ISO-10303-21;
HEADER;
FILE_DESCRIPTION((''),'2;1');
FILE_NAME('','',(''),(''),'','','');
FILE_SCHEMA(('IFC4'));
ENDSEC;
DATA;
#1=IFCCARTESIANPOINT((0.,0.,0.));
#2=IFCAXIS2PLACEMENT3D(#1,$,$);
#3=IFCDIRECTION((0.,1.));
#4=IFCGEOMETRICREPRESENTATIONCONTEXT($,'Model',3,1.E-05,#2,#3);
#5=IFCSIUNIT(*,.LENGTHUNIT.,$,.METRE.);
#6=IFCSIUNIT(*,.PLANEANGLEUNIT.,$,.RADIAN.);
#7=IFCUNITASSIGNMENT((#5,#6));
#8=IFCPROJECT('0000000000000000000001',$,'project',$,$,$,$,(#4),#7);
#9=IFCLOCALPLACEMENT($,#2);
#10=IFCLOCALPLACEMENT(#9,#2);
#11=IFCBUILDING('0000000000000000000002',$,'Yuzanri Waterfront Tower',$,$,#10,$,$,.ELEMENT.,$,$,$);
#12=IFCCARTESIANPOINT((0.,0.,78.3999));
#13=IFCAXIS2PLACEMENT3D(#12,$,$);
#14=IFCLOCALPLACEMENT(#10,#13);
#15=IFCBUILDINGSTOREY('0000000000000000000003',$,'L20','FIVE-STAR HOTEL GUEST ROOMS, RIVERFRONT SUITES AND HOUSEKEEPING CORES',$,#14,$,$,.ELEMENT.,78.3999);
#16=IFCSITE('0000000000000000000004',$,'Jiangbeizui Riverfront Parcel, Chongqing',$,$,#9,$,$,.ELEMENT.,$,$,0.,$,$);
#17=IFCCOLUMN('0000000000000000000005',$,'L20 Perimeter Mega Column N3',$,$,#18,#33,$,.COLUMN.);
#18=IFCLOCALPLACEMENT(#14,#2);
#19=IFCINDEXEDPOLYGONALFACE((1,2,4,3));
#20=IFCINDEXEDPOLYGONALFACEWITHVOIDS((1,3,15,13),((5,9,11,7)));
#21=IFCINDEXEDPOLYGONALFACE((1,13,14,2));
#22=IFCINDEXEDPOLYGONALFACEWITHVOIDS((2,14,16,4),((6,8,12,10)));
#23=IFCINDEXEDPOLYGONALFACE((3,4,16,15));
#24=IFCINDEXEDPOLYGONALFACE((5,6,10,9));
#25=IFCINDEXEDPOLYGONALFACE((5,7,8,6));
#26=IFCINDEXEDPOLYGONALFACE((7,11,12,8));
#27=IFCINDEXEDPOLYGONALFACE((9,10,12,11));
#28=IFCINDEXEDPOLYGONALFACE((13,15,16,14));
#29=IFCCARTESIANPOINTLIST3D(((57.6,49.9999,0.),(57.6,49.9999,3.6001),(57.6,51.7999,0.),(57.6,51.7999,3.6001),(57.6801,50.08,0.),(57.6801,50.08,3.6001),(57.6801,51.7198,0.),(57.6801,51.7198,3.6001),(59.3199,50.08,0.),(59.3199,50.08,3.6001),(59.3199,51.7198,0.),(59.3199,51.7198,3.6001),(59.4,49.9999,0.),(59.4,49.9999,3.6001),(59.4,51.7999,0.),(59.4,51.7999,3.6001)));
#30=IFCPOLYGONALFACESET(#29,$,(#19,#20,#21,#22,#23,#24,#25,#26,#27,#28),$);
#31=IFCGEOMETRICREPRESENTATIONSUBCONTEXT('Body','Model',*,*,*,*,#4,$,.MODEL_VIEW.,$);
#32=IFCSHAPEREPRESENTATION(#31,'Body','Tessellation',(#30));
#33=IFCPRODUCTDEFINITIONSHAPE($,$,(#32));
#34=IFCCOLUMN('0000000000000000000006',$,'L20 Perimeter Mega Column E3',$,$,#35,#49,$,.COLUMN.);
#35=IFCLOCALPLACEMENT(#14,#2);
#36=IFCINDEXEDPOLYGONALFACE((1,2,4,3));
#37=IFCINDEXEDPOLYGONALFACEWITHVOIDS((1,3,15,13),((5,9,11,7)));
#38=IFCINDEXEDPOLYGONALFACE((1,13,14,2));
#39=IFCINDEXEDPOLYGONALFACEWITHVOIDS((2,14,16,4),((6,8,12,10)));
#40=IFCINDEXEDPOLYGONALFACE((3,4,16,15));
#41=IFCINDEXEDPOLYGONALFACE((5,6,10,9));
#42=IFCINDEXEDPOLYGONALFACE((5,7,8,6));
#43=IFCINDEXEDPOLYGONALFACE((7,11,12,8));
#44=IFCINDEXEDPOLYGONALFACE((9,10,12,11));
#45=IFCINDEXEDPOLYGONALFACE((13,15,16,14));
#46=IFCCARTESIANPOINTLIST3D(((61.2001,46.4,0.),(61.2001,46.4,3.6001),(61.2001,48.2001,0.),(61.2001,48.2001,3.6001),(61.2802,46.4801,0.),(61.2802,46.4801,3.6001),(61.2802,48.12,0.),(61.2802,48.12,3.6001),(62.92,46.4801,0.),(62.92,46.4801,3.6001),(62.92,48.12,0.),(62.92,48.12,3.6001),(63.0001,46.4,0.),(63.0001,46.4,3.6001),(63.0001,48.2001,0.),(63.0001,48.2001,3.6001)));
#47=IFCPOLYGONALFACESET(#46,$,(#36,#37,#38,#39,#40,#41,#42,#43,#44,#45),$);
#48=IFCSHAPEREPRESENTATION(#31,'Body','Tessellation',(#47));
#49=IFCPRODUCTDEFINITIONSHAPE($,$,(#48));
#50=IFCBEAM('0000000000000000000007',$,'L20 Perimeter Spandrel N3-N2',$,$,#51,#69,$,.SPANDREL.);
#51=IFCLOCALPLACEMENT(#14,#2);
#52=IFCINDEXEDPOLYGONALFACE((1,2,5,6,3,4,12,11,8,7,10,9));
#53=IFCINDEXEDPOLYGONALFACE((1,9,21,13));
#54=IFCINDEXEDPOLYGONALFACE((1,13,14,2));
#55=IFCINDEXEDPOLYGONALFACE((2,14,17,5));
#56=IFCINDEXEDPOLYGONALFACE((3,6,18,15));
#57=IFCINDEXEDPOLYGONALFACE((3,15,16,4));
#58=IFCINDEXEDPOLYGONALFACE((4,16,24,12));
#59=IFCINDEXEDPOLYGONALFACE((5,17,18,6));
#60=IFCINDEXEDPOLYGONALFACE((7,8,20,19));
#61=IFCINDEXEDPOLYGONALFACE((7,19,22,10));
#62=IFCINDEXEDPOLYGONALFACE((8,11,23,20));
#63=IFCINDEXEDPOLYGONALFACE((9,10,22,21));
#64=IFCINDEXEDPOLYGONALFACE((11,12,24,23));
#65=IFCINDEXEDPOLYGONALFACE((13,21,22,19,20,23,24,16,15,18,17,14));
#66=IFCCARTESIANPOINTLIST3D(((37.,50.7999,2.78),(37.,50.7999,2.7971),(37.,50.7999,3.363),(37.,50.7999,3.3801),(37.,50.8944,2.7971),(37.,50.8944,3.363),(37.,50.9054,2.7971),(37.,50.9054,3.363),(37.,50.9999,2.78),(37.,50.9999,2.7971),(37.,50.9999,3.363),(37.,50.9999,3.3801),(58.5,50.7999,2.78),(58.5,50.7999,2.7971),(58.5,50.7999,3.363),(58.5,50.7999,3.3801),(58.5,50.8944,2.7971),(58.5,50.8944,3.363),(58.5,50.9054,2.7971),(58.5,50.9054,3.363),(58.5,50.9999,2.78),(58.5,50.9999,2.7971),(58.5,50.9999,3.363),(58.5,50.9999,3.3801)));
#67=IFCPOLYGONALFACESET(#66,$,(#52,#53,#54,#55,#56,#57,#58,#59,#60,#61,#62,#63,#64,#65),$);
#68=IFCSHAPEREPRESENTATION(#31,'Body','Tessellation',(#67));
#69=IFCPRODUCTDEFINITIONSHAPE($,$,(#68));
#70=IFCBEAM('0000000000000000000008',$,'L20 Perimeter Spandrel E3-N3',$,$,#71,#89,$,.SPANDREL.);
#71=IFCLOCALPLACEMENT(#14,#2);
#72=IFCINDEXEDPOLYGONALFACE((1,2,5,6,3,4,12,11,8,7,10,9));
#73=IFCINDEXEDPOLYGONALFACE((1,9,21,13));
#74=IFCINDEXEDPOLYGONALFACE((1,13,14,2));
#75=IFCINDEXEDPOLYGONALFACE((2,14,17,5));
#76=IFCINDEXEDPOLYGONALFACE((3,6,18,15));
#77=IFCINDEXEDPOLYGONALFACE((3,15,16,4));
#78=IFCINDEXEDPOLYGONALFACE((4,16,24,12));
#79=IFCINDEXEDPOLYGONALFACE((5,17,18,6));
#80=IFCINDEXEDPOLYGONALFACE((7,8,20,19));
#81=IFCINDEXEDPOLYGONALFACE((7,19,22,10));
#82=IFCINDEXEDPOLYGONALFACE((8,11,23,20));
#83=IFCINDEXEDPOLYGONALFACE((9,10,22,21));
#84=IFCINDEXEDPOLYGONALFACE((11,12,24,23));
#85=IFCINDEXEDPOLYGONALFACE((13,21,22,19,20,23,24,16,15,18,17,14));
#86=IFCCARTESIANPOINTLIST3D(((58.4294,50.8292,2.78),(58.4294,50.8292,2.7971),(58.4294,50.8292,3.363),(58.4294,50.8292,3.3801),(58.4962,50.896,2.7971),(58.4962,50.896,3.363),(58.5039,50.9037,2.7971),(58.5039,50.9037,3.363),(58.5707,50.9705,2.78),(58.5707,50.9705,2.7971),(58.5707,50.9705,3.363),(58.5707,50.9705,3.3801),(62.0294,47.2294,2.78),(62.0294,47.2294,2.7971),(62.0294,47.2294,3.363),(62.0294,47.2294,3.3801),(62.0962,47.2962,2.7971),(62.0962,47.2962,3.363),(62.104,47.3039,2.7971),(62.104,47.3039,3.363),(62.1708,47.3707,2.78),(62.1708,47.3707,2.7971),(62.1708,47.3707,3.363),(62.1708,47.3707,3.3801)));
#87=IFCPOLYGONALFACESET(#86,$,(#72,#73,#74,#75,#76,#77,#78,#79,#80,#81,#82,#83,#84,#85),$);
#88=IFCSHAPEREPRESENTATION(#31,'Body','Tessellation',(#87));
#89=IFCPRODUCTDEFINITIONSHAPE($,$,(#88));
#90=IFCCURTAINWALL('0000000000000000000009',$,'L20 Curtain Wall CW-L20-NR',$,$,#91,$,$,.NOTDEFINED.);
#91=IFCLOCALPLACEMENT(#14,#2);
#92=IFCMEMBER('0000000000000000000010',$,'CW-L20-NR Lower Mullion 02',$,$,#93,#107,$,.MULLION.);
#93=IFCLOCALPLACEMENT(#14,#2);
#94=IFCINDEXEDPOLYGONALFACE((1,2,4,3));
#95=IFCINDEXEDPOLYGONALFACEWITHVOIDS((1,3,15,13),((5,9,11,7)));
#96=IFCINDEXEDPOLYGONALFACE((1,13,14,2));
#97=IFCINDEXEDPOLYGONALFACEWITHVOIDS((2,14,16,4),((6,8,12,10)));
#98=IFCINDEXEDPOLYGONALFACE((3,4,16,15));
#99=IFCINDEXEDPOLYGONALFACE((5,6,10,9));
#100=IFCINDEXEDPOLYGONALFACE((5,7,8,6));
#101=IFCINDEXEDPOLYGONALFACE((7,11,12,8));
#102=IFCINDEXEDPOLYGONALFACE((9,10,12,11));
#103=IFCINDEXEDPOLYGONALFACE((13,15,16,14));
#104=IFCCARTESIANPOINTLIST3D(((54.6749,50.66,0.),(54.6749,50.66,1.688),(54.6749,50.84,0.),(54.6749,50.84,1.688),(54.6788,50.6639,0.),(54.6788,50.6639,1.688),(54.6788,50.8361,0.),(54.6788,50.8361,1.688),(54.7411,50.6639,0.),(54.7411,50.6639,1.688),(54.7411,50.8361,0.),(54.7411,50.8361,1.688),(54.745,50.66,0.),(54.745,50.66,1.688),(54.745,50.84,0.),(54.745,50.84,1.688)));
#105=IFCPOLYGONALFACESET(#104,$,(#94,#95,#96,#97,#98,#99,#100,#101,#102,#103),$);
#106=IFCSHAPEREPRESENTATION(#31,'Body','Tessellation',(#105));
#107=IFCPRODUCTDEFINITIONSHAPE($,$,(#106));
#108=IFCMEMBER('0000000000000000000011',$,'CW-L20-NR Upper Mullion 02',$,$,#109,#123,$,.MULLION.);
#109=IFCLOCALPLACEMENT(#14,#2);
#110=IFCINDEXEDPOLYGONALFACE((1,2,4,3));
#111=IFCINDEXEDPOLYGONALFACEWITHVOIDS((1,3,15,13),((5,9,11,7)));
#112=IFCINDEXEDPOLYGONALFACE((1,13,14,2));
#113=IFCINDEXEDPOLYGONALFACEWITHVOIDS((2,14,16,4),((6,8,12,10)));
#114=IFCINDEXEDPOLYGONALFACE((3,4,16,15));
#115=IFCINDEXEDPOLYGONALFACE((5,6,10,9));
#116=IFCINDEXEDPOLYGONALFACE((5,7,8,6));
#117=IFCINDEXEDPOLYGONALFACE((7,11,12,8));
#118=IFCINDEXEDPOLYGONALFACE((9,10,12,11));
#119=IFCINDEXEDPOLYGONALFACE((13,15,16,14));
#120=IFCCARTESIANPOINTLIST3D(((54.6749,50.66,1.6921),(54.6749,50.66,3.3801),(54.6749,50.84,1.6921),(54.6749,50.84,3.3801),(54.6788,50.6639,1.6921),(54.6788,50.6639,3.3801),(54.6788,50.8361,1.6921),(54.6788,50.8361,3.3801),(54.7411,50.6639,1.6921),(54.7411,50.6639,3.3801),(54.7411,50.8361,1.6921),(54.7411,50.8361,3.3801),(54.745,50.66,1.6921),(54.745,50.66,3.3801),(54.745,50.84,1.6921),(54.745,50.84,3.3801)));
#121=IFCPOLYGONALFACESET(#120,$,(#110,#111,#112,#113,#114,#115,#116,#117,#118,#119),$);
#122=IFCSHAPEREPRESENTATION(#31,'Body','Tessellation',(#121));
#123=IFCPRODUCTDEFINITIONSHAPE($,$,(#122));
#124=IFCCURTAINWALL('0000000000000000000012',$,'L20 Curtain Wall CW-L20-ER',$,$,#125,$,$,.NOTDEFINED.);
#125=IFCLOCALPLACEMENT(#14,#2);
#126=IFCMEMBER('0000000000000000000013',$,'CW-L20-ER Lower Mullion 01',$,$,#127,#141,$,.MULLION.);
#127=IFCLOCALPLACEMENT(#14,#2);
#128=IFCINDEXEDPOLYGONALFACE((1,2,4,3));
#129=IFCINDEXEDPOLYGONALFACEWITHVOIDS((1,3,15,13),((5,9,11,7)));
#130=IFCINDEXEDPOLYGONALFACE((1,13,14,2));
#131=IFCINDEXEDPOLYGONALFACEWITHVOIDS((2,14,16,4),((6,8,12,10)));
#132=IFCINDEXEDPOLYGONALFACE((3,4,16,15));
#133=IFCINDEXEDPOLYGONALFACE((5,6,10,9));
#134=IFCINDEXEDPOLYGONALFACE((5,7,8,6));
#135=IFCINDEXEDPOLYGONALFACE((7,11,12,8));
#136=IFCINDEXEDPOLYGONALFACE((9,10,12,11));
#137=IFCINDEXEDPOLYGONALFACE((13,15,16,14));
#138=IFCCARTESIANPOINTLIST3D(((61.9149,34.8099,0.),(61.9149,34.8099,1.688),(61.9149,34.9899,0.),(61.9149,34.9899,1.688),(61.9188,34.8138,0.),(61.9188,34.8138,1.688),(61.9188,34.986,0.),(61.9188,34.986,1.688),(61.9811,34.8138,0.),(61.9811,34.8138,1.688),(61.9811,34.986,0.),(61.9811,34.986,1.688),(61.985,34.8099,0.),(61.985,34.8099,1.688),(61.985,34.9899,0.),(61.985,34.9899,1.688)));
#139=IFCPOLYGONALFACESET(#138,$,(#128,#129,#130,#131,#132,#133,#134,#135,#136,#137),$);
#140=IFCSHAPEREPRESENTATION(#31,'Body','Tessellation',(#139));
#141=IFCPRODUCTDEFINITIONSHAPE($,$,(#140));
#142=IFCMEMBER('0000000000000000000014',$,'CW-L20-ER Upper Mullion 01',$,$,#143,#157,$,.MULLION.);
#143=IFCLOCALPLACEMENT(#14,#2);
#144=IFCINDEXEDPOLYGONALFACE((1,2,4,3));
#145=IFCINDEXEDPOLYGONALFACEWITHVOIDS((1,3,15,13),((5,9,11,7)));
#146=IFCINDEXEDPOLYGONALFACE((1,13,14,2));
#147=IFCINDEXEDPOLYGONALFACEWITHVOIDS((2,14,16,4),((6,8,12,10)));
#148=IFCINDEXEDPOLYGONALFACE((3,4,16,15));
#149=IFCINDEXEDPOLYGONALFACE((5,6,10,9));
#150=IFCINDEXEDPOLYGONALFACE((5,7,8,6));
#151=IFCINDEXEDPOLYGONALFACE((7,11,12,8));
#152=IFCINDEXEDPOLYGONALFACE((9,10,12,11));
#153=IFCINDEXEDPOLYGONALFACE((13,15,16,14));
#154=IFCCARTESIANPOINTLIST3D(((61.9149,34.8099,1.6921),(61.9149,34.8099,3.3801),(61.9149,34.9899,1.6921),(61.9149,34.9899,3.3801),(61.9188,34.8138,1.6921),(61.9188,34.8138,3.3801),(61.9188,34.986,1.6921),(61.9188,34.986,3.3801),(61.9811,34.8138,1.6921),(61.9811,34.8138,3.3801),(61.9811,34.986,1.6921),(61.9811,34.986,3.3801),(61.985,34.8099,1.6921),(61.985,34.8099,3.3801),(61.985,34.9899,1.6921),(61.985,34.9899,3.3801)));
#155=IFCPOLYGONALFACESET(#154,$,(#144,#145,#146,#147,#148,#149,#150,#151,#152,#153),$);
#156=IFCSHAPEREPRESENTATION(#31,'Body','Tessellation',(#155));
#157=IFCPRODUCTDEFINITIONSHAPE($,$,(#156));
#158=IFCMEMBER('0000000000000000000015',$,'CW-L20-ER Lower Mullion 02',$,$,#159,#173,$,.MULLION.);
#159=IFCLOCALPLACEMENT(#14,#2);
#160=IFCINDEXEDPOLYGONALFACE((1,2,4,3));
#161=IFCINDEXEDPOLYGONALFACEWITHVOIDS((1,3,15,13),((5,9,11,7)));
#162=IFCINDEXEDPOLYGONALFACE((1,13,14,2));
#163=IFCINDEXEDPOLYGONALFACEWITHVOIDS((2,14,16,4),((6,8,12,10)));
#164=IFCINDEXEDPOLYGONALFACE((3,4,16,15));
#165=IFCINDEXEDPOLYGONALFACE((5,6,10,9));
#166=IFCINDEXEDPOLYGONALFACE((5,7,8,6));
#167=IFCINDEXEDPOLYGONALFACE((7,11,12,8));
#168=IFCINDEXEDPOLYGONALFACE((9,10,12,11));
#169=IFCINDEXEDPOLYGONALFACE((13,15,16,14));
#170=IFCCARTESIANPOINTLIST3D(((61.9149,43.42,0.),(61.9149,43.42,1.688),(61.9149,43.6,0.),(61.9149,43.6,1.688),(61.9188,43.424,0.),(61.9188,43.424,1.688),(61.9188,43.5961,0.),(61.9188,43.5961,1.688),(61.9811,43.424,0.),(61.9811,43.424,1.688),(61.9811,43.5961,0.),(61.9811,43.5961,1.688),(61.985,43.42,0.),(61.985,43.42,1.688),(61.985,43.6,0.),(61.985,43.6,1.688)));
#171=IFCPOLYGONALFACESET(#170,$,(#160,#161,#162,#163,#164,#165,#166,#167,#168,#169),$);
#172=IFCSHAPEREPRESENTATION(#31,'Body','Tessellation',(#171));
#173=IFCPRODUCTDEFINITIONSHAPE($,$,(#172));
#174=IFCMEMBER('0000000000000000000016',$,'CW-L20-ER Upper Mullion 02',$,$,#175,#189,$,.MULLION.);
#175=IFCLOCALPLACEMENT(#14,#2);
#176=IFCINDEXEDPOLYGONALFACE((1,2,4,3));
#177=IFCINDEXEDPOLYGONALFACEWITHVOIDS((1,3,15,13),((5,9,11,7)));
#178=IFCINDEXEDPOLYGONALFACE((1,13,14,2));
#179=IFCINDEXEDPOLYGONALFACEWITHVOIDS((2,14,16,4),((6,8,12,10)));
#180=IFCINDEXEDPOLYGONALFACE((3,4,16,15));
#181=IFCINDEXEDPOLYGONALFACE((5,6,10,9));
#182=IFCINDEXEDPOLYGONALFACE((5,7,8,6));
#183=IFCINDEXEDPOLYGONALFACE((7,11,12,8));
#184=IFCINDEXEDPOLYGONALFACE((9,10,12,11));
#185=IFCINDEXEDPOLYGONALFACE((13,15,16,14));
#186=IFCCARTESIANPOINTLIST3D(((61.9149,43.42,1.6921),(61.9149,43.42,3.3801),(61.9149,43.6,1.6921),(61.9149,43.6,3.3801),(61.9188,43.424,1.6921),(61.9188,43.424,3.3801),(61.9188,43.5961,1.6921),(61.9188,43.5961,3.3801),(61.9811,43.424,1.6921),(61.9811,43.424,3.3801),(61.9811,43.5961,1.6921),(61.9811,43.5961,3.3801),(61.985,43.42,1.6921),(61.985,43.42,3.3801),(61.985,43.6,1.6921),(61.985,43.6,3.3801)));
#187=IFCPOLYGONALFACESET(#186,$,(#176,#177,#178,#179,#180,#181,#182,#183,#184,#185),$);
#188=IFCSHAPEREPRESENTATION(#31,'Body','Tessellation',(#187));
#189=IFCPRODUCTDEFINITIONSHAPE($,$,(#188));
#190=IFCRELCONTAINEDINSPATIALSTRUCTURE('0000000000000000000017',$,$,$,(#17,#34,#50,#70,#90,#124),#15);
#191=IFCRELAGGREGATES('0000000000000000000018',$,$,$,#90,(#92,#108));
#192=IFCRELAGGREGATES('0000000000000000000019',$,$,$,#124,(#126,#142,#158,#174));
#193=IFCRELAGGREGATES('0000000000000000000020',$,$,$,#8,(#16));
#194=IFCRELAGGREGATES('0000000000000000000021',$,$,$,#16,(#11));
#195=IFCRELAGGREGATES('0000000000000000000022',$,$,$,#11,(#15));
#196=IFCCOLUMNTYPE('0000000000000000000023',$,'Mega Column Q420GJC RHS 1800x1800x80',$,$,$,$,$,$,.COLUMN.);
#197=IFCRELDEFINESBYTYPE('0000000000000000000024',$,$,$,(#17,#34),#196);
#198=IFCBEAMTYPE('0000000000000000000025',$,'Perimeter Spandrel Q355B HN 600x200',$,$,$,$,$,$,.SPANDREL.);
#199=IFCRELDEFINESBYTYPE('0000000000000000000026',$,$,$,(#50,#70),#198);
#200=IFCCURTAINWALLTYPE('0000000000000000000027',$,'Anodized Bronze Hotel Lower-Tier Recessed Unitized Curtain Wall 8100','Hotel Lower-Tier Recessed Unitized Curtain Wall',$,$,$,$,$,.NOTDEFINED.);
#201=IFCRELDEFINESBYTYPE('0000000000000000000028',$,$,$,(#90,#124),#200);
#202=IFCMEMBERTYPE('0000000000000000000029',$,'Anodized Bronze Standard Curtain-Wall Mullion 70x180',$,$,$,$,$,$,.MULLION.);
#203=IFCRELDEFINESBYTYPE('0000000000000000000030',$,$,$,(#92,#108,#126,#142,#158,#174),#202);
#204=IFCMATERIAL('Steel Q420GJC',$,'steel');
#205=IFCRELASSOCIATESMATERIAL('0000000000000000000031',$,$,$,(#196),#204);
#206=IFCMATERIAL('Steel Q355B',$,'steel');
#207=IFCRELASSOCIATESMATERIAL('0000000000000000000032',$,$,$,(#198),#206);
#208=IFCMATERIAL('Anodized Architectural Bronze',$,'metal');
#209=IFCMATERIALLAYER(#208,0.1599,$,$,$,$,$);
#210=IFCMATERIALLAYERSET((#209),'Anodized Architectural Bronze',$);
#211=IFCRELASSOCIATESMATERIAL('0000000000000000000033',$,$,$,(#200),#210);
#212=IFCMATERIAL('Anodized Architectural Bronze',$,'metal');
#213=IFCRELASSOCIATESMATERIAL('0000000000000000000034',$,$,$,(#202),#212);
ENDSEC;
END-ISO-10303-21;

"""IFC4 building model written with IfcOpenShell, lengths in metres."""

from ifc_helpers import new_model, si_unit, direction, frame, origin, origin_2d, place, context, subcontext, project, spatial, hollow_rectangle, i_section, extrude, source, transform, mapped, material, layer, layer_set, material_profile, profile_set, type_object, element, aggregate, save


model = new_model("IFC4")

# Units and contexts
model_context = context("Model", 3, precision=1e-05, world=origin(), true_north=direction((0.0, 1.0)))
body_context = subcontext(model_context, "Body", "Model", "MODEL_VIEW")
ifc_project = project(units=[si_unit("LENGTHUNIT", "METRE"), si_unit("PLANEANGLEUNIT", "RADIAN")], contexts=[model_context])

# Site, building, storey
site_placement = place(None, origin())
site = spatial("IfcSite", under=ifc_project, at=site_placement, Name="Jiangbeizui Riverfront Parcel, Chongqing", CompositionType="ELEMENT", RefElevation=0.0)
building_placement = place(site_placement, origin())
building = spatial("IfcBuilding", under=site, at=building_placement, Name="Yuzanri Waterfront Tower", CompositionType="ELEMENT")
storey_placement = place(building_placement, frame((0.0, 0.0, 78.3999)))
storey = spatial("IfcBuildingStorey", under=building, at=storey_placement, Name="L20", Description="FIVE-STAR HOTEL GUEST ROOMS, RIVERFRONT SUITES AND HOUSEKEEPING CORES", CompositionType="ELEMENT", Elevation=78.3999)

# Columns
ifc_material_1 = material(Name="Steel Q420GJC", Category="steel")
ifc_material_profile_1 = material_profile(ifc_material_1, hollow_rectangle(XDim=1.8, YDim=1.8, WallThickness=0.0801, at=origin_2d()), Name="RHS 1800x1800x80")
ifc_profile_set_1 = profile_set([ifc_material_profile_1], Name="Steel Q420GJC")
column_type = type_object("IfcColumnType", Name="Mega Column Q420GJC RHS 1800x1800x80", PredefinedType="COLUMN", material=ifc_profile_set_1)
shared_shape_1 = source(origin(), body_context, "Body", "SweptSolid", [
    extrude(hollow_rectangle(XDim=1.8, YDim=1.8, WallThickness=0.0801, at=origin_2d()), origin(), (0.0, 0.0, 1.0), 3.6001),
])
for number, where, z_axis, x_axis, name in (
    (1, (58.5, 50.8999, 0.0), (0.0, 0.0, 1.0), (1.0, 0.0, 0.0), "L20 Perimeter Mega Column N3"),
    (2, (62.1001, 47.3, 0.0), (0.0, 0.0, 1.0), (1.0, 0.0, 0.0), "L20 Perimeter Mega Column E3"),
):
    element("IfcColumn", number, at=place(storey_placement, frame(where, z_axis=z_axis, x_axis=x_axis)), inside=storey, type_object=column_type, Name=name, PredefinedType="COLUMN", context=body_context, shape_type="MappedRepresentation", body=[
        mapped(shared_shape_1, transform((0.0, 0.0, 0.0), scale=1.0)),
    ])

# Beams
ifc_material_2 = material(Name="Steel Q355B", Category="steel")
ifc_material_profile_2 = material_profile(ifc_material_2, i_section(OverallWidth=0.2, OverallDepth=0.6001, WebThickness=0.011, FlangeThickness=0.0171, at=origin_2d()), Name="HN 600x200x11x17")
ifc_profile_set_2 = profile_set([ifc_material_profile_2], Name="Steel Q355B")
beam_type = type_object("IfcBeamType", Name="Perimeter Spandrel Q355B HN 600x200", PredefinedType="SPANDREL", material=ifc_profile_set_2)
shared_shape_2 = source(origin(), body_context, "Body", "SweptSolid", [
    extrude(i_section(OverallWidth=0.2, OverallDepth=0.6001, WebThickness=0.011, FlangeThickness=0.0171, at=origin_2d()), origin(), (0.0, 0.0, 1.0), 21.5),
])
beam_1_placement = place(storey_placement, frame((58.5, 50.8999, 3.0801), z_axis=(-1.0, 0.0, 0.0), x_axis=(0.0, -1.0, 0.0)))
element("IfcBeam", 3, at=beam_1_placement, inside=storey, type_object=beam_type, Name="L20 Perimeter Spandrel N3-N2", PredefinedType="SPANDREL", context=body_context, shape_type="MappedRepresentation", body=[
    mapped(shared_shape_2, transform((0.0, 0.0, 0.0), scale=1.0)),
])
shared_shape_3 = source(origin(), body_context, "Body", "SweptSolid", [
    extrude(i_section(OverallWidth=0.2, OverallDepth=0.6001, WebThickness=0.011, FlangeThickness=0.0171, at=origin_2d()), origin(), (0.0, 0.0, 1.0), 5.0911),
])
beam_2_placement = place(storey_placement, frame((62.1001, 47.3, 3.0801), z_axis=(-0.707131, 0.707083, 0.0), x_axis=(-0.707083, -0.707131, 0.0)))
element("IfcBeam", 4, at=beam_2_placement, inside=storey, type_object=beam_type, Name="L20 Perimeter Spandrel E3-N3", PredefinedType="SPANDREL", context=body_context, shape_type="MappedRepresentation", body=[
    mapped(shared_shape_3, transform((0.0, 0.0, 0.0), scale=1.0)),
])

# Curtain walls, members
ifc_material_3 = material(Name="Anodized Architectural Bronze", Category="metal")
ifc_layer_1 = layer(ifc_material_3, 0.1599)
ifc_layer_set_1 = layer_set([ifc_layer_1], Name="Anodized Architectural Bronze")
curtain_wall_type = type_object("IfcCurtainWallType", Name="Anodized Bronze Hotel Lower-Tier Recessed Unitized Curtain Wall 8100", Description="Hotel Lower-Tier Recessed Unitized Curtain Wall", PredefinedType="NOTDEFINED", material=ifc_layer_set_1)
curtain_wall_1_placement = place(storey_placement, origin())
curtain_wall_1 = element("IfcCurtainWall", 5, at=curtain_wall_1_placement, inside=storey, type_object=curtain_wall_type, Name="L20 Curtain Wall CW-L20-NR", PredefinedType="NOTDEFINED")
ifc_material_4 = material(Name="Anodized Architectural Bronze", Category="metal")
ifc_material_profile_3 = material_profile(ifc_material_4, hollow_rectangle(XDim=0.0701, YDim=0.1799, WallThickness=0.0039, at=origin_2d()), Name="CWM 70x180")
ifc_profile_set_3 = profile_set([ifc_material_profile_3], Name="Anodized Architectural Bronze")
member_type = type_object("IfcMemberType", Name="Anodized Bronze Standard Curtain-Wall Mullion 70x180", PredefinedType="MULLION", material=ifc_profile_set_3)
shared_shape_4 = source(origin(), body_context, "Body", "SweptSolid", [
    extrude(hollow_rectangle(XDim=0.0701, YDim=0.1799, WallThickness=0.0039, at=origin_2d()), origin(), (0.0, 0.0, 1.0), 1.688),
])
member_1_placement = place(storey_placement, frame((54.71, 50.75, 0.0), z_axis=(0.0, 0.0, 1.0), x_axis=(1.0, 0.0, 0.0)))
member_1 = element("IfcMember", 6, at=member_1_placement, type_object=member_type, Name="CW-L20-NR Lower Mullion 02", PredefinedType="MULLION", context=body_context, shape_type="MappedRepresentation", body=[
    mapped(shared_shape_4, transform((0.0, 0.0, 0.0), scale=1.0)),
])
member_2_placement = place(storey_placement, frame((54.71, 50.75, 1.6921), z_axis=(0.0, 0.0, 1.0), x_axis=(1.0, 0.0, 0.0)))
member_2 = element("IfcMember", 7, at=member_2_placement, type_object=member_type, Name="CW-L20-NR Upper Mullion 02", PredefinedType="MULLION", context=body_context, shape_type="MappedRepresentation", body=[
    mapped(shared_shape_4, transform((0.0, 0.0, 0.0), scale=1.0)),
])
aggregate(curtain_wall_1, [member_1, member_2])
curtain_wall_2_placement = place(storey_placement, origin())
curtain_wall_2 = element("IfcCurtainWall", 8, at=curtain_wall_2_placement, inside=storey, type_object=curtain_wall_type, Name="L20 Curtain Wall CW-L20-ER", PredefinedType="NOTDEFINED")
member_3_placement = place(storey_placement, frame((61.95, 34.8999, 0.0), z_axis=(0.0, 0.0, 1.0), x_axis=(1.0, 0.0, 0.0)))
member_3 = element("IfcMember", 9, at=member_3_placement, type_object=member_type, Name="CW-L20-ER Lower Mullion 01", PredefinedType="MULLION", context=body_context, shape_type="MappedRepresentation", body=[
    mapped(shared_shape_4, transform((0.0, 0.0, 0.0), scale=1.0)),
])
member_4_placement = place(storey_placement, frame((61.95, 34.8999, 1.6921), z_axis=(0.0, 0.0, 1.0), x_axis=(1.0, 0.0, 0.0)))
member_4 = element("IfcMember", 10, at=member_4_placement, type_object=member_type, Name="CW-L20-ER Upper Mullion 01", PredefinedType="MULLION", context=body_context, shape_type="MappedRepresentation", body=[
    mapped(shared_shape_4, transform((0.0, 0.0, 0.0), scale=1.0)),
])
member_5_placement = place(storey_placement, frame((61.95, 43.51, 0.0), z_axis=(0.0, 0.0, 1.0), x_axis=(1.0, 0.0, 0.0)))
member_5 = element("IfcMember", 11, at=member_5_placement, type_object=member_type, Name="CW-L20-ER Lower Mullion 02", PredefinedType="MULLION", context=body_context, shape_type="MappedRepresentation", body=[
    mapped(shared_shape_4, transform((0.0, 0.0, 0.0), scale=1.0)),
])
member_6_placement = place(storey_placement, frame((61.95, 43.51, 1.6921), z_axis=(0.0, 0.0, 1.0), x_axis=(1.0, 0.0, 0.0)))
member_6 = element("IfcMember", 12, at=member_6_placement, type_object=member_type, Name="CW-L20-ER Upper Mullion 02", PredefinedType="MULLION", context=body_context, shape_type="MappedRepresentation", body=[
    mapped(shared_shape_4, transform((0.0, 0.0, 0.0), scale=1.0)),
])

aggregate(curtain_wall_2, [member_3, member_4, member_5, member_6])

save(model, "model.ifc")
